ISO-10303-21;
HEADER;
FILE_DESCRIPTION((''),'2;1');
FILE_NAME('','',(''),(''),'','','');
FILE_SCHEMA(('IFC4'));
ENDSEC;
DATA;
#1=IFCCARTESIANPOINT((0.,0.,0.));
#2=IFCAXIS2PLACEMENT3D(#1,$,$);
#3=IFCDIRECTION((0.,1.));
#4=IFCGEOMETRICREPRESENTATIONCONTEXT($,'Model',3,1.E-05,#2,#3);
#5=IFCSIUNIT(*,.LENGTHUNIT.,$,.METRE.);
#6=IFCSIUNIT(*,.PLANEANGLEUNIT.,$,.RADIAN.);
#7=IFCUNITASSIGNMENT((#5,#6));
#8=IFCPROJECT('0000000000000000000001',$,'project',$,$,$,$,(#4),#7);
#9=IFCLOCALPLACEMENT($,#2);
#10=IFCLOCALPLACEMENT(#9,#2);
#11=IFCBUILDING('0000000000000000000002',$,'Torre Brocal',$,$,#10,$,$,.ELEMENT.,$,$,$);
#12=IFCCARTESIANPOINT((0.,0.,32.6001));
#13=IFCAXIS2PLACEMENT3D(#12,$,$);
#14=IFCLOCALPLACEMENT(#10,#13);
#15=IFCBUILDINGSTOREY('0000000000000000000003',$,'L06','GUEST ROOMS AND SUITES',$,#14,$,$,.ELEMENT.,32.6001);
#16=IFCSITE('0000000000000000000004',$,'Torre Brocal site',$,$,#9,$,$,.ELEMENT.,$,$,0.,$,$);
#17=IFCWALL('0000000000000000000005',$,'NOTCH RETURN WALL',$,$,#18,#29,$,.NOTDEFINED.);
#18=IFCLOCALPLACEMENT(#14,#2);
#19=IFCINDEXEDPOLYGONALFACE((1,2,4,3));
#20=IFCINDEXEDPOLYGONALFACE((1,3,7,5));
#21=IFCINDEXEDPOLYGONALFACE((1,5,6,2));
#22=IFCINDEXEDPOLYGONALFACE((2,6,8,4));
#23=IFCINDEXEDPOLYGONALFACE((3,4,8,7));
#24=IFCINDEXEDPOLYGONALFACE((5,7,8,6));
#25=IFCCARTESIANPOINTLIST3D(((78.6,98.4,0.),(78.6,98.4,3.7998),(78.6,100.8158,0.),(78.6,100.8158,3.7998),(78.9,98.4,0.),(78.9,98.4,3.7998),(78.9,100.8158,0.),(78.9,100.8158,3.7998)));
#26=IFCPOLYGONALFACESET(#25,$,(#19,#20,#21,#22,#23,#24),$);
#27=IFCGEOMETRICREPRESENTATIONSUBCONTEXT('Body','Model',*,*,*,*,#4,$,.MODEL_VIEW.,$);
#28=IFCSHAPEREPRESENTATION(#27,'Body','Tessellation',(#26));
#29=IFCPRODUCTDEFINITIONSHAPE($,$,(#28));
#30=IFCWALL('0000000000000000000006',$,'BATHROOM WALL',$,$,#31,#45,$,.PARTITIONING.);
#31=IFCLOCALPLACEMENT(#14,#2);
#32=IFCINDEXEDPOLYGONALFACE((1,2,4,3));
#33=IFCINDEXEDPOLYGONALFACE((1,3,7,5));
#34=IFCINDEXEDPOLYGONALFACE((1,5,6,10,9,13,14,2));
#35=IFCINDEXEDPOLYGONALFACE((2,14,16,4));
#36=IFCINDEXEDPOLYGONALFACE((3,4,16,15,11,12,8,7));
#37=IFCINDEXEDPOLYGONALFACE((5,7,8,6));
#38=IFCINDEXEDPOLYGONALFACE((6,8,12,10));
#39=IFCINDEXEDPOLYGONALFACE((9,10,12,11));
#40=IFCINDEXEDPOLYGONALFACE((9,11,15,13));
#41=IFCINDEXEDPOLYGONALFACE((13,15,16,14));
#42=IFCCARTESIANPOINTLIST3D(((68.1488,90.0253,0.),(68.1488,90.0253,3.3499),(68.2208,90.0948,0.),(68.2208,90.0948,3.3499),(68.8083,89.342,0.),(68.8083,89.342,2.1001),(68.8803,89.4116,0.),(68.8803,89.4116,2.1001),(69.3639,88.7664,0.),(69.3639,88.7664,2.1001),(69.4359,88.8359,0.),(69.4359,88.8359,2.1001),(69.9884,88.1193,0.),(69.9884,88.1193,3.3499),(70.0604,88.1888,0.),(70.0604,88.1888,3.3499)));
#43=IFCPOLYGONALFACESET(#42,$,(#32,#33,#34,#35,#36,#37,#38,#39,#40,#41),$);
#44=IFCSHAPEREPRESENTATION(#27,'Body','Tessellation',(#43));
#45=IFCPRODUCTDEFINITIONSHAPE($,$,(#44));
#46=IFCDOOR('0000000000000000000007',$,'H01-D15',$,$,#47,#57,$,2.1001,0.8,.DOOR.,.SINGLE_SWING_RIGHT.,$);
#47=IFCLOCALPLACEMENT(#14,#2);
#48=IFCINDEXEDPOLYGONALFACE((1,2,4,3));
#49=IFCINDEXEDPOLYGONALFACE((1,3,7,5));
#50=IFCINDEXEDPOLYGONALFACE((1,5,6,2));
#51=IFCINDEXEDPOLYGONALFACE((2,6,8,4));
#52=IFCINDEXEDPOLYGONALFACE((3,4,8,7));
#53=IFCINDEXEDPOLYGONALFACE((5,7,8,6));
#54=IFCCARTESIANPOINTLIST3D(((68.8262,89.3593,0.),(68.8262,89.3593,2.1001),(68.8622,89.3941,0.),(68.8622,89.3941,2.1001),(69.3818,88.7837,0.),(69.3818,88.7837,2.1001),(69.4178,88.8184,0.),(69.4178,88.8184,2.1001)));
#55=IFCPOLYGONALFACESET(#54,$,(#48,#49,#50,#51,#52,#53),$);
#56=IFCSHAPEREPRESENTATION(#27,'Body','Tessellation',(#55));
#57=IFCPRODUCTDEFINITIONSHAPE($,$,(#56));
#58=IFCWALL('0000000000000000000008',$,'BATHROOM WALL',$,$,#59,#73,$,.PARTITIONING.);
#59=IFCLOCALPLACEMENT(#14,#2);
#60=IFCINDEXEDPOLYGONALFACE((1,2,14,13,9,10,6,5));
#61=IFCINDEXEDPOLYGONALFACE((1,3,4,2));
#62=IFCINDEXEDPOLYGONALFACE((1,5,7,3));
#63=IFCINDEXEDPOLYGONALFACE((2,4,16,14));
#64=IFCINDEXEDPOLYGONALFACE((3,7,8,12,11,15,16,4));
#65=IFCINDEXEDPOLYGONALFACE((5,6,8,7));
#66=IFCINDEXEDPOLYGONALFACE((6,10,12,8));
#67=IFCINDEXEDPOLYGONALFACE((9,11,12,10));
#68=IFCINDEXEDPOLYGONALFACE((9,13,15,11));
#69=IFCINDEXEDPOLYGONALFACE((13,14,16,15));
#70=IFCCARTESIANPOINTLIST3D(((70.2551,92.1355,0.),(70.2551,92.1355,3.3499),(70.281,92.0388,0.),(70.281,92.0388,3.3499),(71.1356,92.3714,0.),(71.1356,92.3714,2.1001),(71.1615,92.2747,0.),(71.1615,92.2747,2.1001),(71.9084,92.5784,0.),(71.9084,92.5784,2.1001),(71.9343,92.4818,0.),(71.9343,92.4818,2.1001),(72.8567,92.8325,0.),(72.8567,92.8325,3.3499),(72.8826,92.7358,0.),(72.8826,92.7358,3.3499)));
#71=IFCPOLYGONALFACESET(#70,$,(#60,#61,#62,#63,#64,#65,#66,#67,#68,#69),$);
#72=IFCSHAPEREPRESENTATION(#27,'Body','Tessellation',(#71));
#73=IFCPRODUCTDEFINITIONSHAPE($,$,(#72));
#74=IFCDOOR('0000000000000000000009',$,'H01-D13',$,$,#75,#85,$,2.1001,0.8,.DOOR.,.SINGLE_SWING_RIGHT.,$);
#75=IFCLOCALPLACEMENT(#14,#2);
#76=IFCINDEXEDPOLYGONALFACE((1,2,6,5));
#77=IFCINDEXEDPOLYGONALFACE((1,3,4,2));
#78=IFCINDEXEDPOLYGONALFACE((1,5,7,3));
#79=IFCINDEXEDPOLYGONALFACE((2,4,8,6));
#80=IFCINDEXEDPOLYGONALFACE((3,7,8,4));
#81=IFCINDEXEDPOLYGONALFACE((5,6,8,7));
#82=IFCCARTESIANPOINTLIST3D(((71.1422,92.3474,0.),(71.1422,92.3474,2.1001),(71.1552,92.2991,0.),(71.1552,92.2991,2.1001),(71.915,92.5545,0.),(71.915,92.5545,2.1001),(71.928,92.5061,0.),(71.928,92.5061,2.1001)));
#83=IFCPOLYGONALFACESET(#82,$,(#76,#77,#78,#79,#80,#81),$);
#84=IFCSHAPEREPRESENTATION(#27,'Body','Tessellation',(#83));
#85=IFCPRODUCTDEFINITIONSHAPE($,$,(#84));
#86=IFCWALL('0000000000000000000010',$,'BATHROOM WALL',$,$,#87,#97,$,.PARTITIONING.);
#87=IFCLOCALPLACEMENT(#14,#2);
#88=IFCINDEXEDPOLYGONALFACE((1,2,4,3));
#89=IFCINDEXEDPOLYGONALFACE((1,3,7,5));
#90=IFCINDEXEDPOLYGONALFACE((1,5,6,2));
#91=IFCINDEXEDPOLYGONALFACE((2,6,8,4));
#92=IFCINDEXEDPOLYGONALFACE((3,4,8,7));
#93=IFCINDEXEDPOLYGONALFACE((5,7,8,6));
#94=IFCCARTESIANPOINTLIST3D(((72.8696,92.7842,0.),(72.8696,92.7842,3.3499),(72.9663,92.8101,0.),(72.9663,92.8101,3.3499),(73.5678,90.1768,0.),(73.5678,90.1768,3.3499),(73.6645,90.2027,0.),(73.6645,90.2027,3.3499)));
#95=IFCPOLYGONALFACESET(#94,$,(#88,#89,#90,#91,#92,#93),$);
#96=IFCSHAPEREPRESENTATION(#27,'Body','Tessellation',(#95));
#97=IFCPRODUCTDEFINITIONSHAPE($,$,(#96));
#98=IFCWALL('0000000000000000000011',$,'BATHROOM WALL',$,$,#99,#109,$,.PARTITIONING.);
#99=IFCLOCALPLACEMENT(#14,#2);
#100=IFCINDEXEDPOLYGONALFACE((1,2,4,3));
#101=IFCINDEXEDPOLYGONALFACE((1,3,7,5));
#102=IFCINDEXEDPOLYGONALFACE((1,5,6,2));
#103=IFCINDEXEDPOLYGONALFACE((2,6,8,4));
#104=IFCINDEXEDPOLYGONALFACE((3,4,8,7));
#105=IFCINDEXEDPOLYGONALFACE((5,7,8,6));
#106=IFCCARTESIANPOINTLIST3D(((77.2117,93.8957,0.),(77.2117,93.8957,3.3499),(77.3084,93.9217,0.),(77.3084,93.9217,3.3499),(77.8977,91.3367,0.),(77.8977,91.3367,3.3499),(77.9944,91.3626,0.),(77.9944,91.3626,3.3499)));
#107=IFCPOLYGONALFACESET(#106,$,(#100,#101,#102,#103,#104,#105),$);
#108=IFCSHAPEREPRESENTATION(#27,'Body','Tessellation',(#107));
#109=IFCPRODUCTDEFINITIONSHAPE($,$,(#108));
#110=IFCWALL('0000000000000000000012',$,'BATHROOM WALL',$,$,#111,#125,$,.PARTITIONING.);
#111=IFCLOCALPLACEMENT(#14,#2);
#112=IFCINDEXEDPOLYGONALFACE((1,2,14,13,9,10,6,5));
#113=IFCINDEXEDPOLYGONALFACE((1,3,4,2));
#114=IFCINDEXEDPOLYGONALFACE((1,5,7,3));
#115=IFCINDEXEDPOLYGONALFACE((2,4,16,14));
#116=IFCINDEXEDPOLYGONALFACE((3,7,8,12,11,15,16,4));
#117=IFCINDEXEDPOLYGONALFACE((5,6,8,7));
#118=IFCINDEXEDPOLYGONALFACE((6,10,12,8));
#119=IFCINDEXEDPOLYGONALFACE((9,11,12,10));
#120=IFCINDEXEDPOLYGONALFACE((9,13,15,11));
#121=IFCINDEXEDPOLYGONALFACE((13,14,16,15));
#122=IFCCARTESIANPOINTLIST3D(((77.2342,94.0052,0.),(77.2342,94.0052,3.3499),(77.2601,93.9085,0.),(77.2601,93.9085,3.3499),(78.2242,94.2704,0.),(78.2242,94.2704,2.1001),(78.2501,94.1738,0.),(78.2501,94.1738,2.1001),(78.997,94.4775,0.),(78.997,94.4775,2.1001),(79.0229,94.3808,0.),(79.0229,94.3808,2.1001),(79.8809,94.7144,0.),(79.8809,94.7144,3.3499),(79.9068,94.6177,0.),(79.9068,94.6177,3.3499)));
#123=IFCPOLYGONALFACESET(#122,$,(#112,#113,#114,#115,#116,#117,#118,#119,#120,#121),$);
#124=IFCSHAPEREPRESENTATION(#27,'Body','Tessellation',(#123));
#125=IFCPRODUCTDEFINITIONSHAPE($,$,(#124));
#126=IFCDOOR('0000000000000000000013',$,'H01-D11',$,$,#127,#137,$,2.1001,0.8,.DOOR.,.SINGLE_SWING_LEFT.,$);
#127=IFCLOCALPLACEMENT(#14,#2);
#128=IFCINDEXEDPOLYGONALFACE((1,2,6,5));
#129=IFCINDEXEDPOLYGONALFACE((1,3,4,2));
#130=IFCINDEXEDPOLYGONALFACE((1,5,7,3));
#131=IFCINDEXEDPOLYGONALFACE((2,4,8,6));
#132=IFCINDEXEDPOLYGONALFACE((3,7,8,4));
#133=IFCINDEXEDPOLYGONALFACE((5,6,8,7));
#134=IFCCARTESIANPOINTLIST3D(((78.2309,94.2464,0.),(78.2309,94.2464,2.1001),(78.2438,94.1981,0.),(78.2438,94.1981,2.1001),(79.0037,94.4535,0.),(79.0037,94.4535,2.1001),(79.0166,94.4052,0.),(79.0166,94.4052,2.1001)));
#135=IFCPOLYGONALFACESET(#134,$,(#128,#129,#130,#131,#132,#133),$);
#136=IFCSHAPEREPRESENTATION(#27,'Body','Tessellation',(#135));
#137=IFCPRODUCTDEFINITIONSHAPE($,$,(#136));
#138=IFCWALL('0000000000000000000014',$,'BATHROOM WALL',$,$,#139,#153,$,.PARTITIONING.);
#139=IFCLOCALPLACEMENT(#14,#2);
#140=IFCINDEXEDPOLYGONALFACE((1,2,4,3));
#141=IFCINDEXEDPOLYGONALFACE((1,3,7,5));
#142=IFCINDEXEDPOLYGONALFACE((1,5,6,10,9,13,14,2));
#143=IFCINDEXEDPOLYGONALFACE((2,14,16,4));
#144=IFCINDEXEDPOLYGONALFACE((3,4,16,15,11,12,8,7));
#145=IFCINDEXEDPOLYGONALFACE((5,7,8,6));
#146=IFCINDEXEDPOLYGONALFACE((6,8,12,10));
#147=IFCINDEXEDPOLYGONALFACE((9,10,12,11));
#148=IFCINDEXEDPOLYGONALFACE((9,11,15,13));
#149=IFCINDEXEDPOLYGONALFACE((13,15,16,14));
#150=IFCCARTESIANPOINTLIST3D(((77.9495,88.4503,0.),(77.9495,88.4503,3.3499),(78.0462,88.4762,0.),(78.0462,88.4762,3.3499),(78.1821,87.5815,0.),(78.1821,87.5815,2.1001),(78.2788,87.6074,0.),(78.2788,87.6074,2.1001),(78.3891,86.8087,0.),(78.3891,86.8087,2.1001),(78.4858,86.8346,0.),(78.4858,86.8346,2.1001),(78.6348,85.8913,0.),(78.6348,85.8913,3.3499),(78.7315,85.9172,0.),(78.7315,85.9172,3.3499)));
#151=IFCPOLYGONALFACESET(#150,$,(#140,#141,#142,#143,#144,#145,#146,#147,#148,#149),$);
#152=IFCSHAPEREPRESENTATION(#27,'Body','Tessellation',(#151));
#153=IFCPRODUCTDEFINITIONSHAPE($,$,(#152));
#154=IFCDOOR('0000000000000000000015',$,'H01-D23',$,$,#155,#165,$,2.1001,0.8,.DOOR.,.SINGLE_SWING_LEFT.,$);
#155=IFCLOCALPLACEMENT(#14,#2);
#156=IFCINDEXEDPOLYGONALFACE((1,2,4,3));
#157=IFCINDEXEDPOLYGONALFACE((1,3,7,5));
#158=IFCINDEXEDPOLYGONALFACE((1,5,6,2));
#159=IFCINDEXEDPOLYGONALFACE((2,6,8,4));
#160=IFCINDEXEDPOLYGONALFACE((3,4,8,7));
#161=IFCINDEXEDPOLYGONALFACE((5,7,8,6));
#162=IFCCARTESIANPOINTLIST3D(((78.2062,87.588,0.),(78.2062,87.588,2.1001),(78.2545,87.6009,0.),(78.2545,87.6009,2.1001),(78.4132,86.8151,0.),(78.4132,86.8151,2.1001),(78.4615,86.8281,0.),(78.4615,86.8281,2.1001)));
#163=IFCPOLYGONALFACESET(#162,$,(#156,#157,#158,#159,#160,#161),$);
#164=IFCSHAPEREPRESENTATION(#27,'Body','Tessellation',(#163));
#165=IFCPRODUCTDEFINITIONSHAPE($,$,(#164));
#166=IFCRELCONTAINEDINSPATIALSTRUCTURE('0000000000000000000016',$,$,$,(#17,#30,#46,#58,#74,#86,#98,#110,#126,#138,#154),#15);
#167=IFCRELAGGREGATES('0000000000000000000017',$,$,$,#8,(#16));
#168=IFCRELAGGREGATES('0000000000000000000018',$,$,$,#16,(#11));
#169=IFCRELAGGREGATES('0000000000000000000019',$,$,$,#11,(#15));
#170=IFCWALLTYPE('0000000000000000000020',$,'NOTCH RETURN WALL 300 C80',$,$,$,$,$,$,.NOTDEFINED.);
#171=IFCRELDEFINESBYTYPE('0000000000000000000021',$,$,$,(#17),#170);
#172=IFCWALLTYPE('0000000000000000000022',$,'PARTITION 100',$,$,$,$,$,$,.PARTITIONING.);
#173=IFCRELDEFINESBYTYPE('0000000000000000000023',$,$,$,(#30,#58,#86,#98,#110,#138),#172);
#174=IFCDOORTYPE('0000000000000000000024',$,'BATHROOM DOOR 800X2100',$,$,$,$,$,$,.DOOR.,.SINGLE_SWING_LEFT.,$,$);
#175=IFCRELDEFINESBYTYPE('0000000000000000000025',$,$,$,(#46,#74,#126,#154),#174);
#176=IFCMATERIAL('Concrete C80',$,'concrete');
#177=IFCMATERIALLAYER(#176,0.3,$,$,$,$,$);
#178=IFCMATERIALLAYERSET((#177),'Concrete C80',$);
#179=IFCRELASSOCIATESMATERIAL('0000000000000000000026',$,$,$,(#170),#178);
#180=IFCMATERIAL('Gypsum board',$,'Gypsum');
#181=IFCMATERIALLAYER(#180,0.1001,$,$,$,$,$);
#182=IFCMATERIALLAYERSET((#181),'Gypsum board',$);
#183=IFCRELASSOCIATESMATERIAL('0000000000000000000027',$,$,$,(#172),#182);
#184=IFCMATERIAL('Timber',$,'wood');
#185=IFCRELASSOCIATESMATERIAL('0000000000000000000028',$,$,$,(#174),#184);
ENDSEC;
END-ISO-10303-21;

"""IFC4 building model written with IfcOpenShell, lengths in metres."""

from ifc_helpers import new_model, si_unit, direction, frame, frame_2d, origin, place, context, subcontext, project, spatial, rectangle, extrude, material, layer, layer_set, type_object, element, fill, save


model = new_model("IFC4")

# Units and contexts
model_context = context("Model", 3, precision=1e-05, world=origin(), true_north=direction((0.0, 1.0)))
body_context = subcontext(model_context, "Body", "Model", "MODEL_VIEW")
ifc_project = project(units=[si_unit("LENGTHUNIT", "METRE"), si_unit("PLANEANGLEUNIT", "RADIAN")], contexts=[model_context])

# Site, building, storey
site_placement = place(None, origin())
site = spatial("IfcSite", under=ifc_project, at=site_placement, Name="Torre Brocal site", CompositionType="ELEMENT", RefElevation=0.0)
building_placement = place(site_placement, origin())
building = spatial("IfcBuilding", under=site, at=building_placement, Name="Torre Brocal", CompositionType="ELEMENT")
storey_placement = place(building_placement, frame((0.0, 0.0, 32.6001)))
storey = spatial("IfcBuildingStorey", under=building, at=storey_placement, Name="L06", Description="GUEST ROOMS AND SUITES", CompositionType="ELEMENT", Elevation=32.6001)

# Wall
ifc_material_1 = material(Name="Concrete C80", Category="concrete")
ifc_layer_1 = layer(ifc_material_1, 0.3)
ifc_layer_set_1 = layer_set([ifc_layer_1], Name="Concrete C80")
wall_type_1 = type_object("IfcWallType", Name="NOTCH RETURN WALL 300 C80", PredefinedType="NOTDEFINED", material=ifc_layer_set_1)
wall_1_placement = place(storey_placement, frame((78.75, 98.3999, 0.0), z_axis=(0.0, 0.0, 1.0), x_axis=(0.0, 1.0, 0.0)))
element("IfcWall", 1, at=wall_1_placement, inside=storey, type_object=wall_type_1, Name="NOTCH RETURN WALL", PredefinedType="NOTDEFINED", context=body_context, shape_type="SweptSolid", body=[
    extrude(rectangle(XDim=2.4158, YDim=0.3, at=frame_2d((1.208, 0.0))), origin(), (0.0, 0.0, 1.0), 3.7998),
])

# Walls, openings, doors
ifc_material_2 = material(Name="Gypsum board", Category="Gypsum")
ifc_layer_2 = layer(ifc_material_2, 0.1001)
ifc_layer_set_2 = layer_set([ifc_layer_2], Name="Gypsum board")
wall_type_2 = type_object("IfcWallType", Name="PARTITION 100", PredefinedType="PARTITIONING", material=ifc_layer_set_2)
wall_2_placement = place(storey_placement, frame((68.1848, 90.0601, 0.0), z_axis=(0.0, 0.0, 1.0), x_axis=(0.694461, -0.71953, 0.0)))
wall_2 = element("IfcWall", 2, at=wall_2_placement, inside=storey, type_object=wall_type_2, Name="BATHROOM WALL", PredefinedType="PARTITIONING", context=body_context, shape_type="SweptSolid", body=[
    extrude(rectangle(XDim=2.6489, YDim=0.1001, at=frame_2d((1.3245, 0.0))), origin(), (0.0, 0.0, 1.0), 3.3499),
])
opening_1_placement = place(wall_2_placement, frame((0.9497, 0.0, 0.0)))
opening_1 = element("IfcOpeningElement", 3, at=opening_1_placement, cuts=wall_2, PredefinedType="OPENING", context=body_context, shape_type="SweptSolid", body=[
    extrude(rectangle(XDim=0.8, YDim=2.1001, at=frame_2d((0.3999, 1.05))), frame((0.0, 0.0601, 0.0), z_axis=(0.0, -1.0, 0.0), x_axis=(1.0, 0.0, 0.0)), (0.0, 0.0, 1.0), 0.1201),
])
ifc_material_3 = material(Name="Timber", Category="wood")
door_type_1 = type_object("IfcDoorType", Name="BATHROOM DOOR 800X2100", OperationType="SINGLE_SWING_LEFT", PredefinedType="DOOR", material=ifc_material_3)
door_1_placement = place(opening_1_placement, origin())
door_1 = element("IfcDoor", 4, at=door_1_placement, inside=storey, type_object=door_type_1, Name="H01-D15", OperationType="SINGLE_SWING_RIGHT", OverallHeight=2.1001, OverallWidth=0.8, PredefinedType="DOOR", context=body_context, shape_type="SweptSolid", body=[
    extrude(rectangle(XDim=0.8, YDim=2.1001, at=frame_2d((0.3999, 1.05))), frame((0.0, 0.0249, 0.0), z_axis=(0.0, -1.0, 0.0), x_axis=(1.0, 0.0, 0.0)), (0.0, 0.0, 1.0), 0.05),
])
fill(opening_1, door_1)
wall_3_placement = place(storey_placement, frame((70.2681, 92.0872, 0.0), z_axis=(0.0, 0.0, 1.0), x_axis=(0.965932, 0.258796, 0.0)))
wall_3 = element("IfcWall", 5, at=wall_3_placement, inside=storey, type_object=wall_type_2, Name="BATHROOM WALL", PredefinedType="PARTITIONING", context=body_context, shape_type="SweptSolid", body=[
    extrude(rectangle(XDim=2.6934, YDim=0.1001, at=frame_2d((1.3467, 0.0))), origin(), (0.0, 0.0, 1.0), 3.3499),
])
opening_2_placement = place(wall_3_placement, frame((0.9116, 0.0, 0.0)))
opening_2 = element("IfcOpeningElement", 6, at=opening_2_placement, cuts=wall_3, PredefinedType="OPENING", context=body_context, shape_type="SweptSolid", body=[
    extrude(rectangle(XDim=0.8, YDim=2.1001, at=frame_2d((0.3999, 1.05))), frame((0.0, 0.0601, 0.0), z_axis=(0.0, -1.0, 0.0), x_axis=(1.0, 0.0, 0.0)), (0.0, 0.0, 1.0), 0.1201),
])
door_2_placement = place(opening_2_placement, frame((0.8, 0.0, 0.0), z_axis=(0.0, 0.0, 1.0), x_axis=(-1.0, 0.0, 0.0)))
door_2 = element("IfcDoor", 7, at=door_2_placement, inside=storey, type_object=door_type_1, Name="H01-D13", OperationType="SINGLE_SWING_RIGHT", OverallHeight=2.1001, OverallWidth=0.8, PredefinedType="DOOR", context=body_context, shape_type="SweptSolid", body=[
    extrude(rectangle(XDim=0.8, YDim=2.1001, at=frame_2d((0.3999, 1.05))), frame((0.0, 0.0249, 0.0), z_axis=(0.0, -1.0, 0.0), x_axis=(1.0, 0.0, 0.0)), (0.0, 0.0, 1.0), 0.05),
])
fill(opening_2, door_2)

# Walls
wall_4_placement = place(storey_placement, frame((72.918, 92.7971, 0.0), z_axis=(0.0, 0.0, 1.0), x_axis=(0.258676, -0.965964, 0.0)))
element("IfcWall", 8, at=wall_4_placement, inside=storey, type_object=wall_type_2, Name="BATHROOM WALL", PredefinedType="PARTITIONING", context=body_context, shape_type="SweptSolid", body=[
    extrude(rectangle(XDim=2.6992, YDim=0.1001, at=frame_2d((1.3496, 0.0))), origin(), (0.0, 0.0, 1.0), 3.3499),
])
wall_5_placement = place(storey_placement, frame((77.26, 93.9087, 0.0), z_axis=(0.0, 0.0, 1.0), x_axis=(0.258936, -0.965895, 0.0)))
element("IfcWall", 9, at=wall_5_placement, inside=storey, type_object=wall_type_2, Name="BATHROOM WALL", PredefinedType="PARTITIONING", context=body_context, shape_type="SweptSolid", body=[
    extrude(rectangle(XDim=2.6494, YDim=0.1001, at=frame_2d((1.3247, 0.0))), origin(), (0.0, 0.0, 1.0), 3.3499),
])

# Walls, openings, doors
wall_6_placement = place(storey_placement, frame((77.2471, 93.9568, 0.0), z_axis=(0.0, 0.0, 1.0), x_axis=(0.965922, 0.258833, 0.0)))
wall_6 = element("IfcWall", 10, at=wall_6_placement, inside=storey, type_object=wall_type_2, Name="BATHROOM WALL", PredefinedType="PARTITIONING", context=body_context, shape_type="SweptSolid", body=[
    extrude(rectangle(XDim=2.74, YDim=0.1001, at=frame_2d((1.3701, 0.0))), origin(), (0.0, 0.0, 1.0), 3.3499),
])
opening_3_placement = place(wall_6_placement, frame((1.0251, 0.0, 0.0)))
opening_3 = element("IfcOpeningElement", 11, at=opening_3_placement, cuts=wall_6, PredefinedType="OPENING", context=body_context, shape_type="SweptSolid", body=[
    extrude(rectangle(XDim=0.8, YDim=2.1001, at=frame_2d((0.3999, 1.05))), frame((0.0, 0.0601, 0.0), z_axis=(0.0, -1.0, 0.0), x_axis=(1.0, 0.0, 0.0)), (0.0, 0.0, 1.0), 0.1201),
])
door_3_placement = place(opening_3_placement, frame((0.8, 0.0, 0.0), z_axis=(0.0, 0.0, 1.0), x_axis=(-1.0, 0.0, 0.0)))
door_3 = element("IfcDoor", 12, at=door_3_placement, inside=storey, type_object=door_type_1, Name="H01-D11", OperationType="SINGLE_SWING_LEFT", OverallHeight=2.1001, OverallWidth=0.8, PredefinedType="DOOR", context=body_context, shape_type="SweptSolid", body=[
    extrude(rectangle(XDim=0.8, YDim=2.1001, at=frame_2d((0.3999, 1.05))), frame((0.0, 0.0249, 0.0), z_axis=(0.0, -1.0, 0.0), x_axis=(1.0, 0.0, 0.0)), (0.0, 0.0, 1.0), 0.05),
])
fill(opening_3, door_3)
wall_7_placement = place(storey_placement, frame((77.9978, 88.4634, 0.0), z_axis=(0.0, 0.0, 1.0), x_axis=(0.258678, -0.965964, 0.0)))
wall_7 = element("IfcWall", 13, at=wall_7_placement, inside=storey, type_object=wall_type_2, Name="BATHROOM WALL", PredefinedType="PARTITIONING", context=body_context, shape_type="SweptSolid", body=[
    extrude(rectangle(XDim=2.6492, YDim=0.1001, at=frame_2d((1.3247, 0.0))), origin(), (0.0, 0.0, 1.0), 3.3499),
])
opening_4_placement = place(wall_7_placement, frame((0.8997, 0.0, 0.0)))
opening_4 = element("IfcOpeningElement", 14, at=opening_4_placement, cuts=wall_7, PredefinedType="OPENING", context=body_context, shape_type="SweptSolid", body=[
    extrude(rectangle(XDim=0.8, YDim=2.1001, at=frame_2d((0.3999, 1.05))), frame((0.0, 0.0601, 0.0), z_axis=(0.0, -1.0, 0.0), x_axis=(1.0, 0.0, 0.0)), (0.0, 0.0, 1.0), 0.1201),
])
door_4_placement = place(opening_4_placement, origin())
door_4 = element("IfcDoor", 15, at=door_4_placement, inside=storey, type_object=door_type_1, Name="H01-D23", OperationType="SINGLE_SWING_LEFT", OverallHeight=2.1001, OverallWidth=0.8, PredefinedType="DOOR", context=body_context, shape_type="SweptSolid", body=[
    extrude(rectangle(XDim=0.8, YDim=2.1001, at=frame_2d((0.3999, 1.05))), frame((0.0, 0.0249, 0.0), z_axis=(0.0, -1.0, 0.0), x_axis=(1.0, 0.0, 0.0)), (0.0, 0.0, 1.0), 0.05),
])
fill(opening_4, door_4)

save(model, "model.ifc")
